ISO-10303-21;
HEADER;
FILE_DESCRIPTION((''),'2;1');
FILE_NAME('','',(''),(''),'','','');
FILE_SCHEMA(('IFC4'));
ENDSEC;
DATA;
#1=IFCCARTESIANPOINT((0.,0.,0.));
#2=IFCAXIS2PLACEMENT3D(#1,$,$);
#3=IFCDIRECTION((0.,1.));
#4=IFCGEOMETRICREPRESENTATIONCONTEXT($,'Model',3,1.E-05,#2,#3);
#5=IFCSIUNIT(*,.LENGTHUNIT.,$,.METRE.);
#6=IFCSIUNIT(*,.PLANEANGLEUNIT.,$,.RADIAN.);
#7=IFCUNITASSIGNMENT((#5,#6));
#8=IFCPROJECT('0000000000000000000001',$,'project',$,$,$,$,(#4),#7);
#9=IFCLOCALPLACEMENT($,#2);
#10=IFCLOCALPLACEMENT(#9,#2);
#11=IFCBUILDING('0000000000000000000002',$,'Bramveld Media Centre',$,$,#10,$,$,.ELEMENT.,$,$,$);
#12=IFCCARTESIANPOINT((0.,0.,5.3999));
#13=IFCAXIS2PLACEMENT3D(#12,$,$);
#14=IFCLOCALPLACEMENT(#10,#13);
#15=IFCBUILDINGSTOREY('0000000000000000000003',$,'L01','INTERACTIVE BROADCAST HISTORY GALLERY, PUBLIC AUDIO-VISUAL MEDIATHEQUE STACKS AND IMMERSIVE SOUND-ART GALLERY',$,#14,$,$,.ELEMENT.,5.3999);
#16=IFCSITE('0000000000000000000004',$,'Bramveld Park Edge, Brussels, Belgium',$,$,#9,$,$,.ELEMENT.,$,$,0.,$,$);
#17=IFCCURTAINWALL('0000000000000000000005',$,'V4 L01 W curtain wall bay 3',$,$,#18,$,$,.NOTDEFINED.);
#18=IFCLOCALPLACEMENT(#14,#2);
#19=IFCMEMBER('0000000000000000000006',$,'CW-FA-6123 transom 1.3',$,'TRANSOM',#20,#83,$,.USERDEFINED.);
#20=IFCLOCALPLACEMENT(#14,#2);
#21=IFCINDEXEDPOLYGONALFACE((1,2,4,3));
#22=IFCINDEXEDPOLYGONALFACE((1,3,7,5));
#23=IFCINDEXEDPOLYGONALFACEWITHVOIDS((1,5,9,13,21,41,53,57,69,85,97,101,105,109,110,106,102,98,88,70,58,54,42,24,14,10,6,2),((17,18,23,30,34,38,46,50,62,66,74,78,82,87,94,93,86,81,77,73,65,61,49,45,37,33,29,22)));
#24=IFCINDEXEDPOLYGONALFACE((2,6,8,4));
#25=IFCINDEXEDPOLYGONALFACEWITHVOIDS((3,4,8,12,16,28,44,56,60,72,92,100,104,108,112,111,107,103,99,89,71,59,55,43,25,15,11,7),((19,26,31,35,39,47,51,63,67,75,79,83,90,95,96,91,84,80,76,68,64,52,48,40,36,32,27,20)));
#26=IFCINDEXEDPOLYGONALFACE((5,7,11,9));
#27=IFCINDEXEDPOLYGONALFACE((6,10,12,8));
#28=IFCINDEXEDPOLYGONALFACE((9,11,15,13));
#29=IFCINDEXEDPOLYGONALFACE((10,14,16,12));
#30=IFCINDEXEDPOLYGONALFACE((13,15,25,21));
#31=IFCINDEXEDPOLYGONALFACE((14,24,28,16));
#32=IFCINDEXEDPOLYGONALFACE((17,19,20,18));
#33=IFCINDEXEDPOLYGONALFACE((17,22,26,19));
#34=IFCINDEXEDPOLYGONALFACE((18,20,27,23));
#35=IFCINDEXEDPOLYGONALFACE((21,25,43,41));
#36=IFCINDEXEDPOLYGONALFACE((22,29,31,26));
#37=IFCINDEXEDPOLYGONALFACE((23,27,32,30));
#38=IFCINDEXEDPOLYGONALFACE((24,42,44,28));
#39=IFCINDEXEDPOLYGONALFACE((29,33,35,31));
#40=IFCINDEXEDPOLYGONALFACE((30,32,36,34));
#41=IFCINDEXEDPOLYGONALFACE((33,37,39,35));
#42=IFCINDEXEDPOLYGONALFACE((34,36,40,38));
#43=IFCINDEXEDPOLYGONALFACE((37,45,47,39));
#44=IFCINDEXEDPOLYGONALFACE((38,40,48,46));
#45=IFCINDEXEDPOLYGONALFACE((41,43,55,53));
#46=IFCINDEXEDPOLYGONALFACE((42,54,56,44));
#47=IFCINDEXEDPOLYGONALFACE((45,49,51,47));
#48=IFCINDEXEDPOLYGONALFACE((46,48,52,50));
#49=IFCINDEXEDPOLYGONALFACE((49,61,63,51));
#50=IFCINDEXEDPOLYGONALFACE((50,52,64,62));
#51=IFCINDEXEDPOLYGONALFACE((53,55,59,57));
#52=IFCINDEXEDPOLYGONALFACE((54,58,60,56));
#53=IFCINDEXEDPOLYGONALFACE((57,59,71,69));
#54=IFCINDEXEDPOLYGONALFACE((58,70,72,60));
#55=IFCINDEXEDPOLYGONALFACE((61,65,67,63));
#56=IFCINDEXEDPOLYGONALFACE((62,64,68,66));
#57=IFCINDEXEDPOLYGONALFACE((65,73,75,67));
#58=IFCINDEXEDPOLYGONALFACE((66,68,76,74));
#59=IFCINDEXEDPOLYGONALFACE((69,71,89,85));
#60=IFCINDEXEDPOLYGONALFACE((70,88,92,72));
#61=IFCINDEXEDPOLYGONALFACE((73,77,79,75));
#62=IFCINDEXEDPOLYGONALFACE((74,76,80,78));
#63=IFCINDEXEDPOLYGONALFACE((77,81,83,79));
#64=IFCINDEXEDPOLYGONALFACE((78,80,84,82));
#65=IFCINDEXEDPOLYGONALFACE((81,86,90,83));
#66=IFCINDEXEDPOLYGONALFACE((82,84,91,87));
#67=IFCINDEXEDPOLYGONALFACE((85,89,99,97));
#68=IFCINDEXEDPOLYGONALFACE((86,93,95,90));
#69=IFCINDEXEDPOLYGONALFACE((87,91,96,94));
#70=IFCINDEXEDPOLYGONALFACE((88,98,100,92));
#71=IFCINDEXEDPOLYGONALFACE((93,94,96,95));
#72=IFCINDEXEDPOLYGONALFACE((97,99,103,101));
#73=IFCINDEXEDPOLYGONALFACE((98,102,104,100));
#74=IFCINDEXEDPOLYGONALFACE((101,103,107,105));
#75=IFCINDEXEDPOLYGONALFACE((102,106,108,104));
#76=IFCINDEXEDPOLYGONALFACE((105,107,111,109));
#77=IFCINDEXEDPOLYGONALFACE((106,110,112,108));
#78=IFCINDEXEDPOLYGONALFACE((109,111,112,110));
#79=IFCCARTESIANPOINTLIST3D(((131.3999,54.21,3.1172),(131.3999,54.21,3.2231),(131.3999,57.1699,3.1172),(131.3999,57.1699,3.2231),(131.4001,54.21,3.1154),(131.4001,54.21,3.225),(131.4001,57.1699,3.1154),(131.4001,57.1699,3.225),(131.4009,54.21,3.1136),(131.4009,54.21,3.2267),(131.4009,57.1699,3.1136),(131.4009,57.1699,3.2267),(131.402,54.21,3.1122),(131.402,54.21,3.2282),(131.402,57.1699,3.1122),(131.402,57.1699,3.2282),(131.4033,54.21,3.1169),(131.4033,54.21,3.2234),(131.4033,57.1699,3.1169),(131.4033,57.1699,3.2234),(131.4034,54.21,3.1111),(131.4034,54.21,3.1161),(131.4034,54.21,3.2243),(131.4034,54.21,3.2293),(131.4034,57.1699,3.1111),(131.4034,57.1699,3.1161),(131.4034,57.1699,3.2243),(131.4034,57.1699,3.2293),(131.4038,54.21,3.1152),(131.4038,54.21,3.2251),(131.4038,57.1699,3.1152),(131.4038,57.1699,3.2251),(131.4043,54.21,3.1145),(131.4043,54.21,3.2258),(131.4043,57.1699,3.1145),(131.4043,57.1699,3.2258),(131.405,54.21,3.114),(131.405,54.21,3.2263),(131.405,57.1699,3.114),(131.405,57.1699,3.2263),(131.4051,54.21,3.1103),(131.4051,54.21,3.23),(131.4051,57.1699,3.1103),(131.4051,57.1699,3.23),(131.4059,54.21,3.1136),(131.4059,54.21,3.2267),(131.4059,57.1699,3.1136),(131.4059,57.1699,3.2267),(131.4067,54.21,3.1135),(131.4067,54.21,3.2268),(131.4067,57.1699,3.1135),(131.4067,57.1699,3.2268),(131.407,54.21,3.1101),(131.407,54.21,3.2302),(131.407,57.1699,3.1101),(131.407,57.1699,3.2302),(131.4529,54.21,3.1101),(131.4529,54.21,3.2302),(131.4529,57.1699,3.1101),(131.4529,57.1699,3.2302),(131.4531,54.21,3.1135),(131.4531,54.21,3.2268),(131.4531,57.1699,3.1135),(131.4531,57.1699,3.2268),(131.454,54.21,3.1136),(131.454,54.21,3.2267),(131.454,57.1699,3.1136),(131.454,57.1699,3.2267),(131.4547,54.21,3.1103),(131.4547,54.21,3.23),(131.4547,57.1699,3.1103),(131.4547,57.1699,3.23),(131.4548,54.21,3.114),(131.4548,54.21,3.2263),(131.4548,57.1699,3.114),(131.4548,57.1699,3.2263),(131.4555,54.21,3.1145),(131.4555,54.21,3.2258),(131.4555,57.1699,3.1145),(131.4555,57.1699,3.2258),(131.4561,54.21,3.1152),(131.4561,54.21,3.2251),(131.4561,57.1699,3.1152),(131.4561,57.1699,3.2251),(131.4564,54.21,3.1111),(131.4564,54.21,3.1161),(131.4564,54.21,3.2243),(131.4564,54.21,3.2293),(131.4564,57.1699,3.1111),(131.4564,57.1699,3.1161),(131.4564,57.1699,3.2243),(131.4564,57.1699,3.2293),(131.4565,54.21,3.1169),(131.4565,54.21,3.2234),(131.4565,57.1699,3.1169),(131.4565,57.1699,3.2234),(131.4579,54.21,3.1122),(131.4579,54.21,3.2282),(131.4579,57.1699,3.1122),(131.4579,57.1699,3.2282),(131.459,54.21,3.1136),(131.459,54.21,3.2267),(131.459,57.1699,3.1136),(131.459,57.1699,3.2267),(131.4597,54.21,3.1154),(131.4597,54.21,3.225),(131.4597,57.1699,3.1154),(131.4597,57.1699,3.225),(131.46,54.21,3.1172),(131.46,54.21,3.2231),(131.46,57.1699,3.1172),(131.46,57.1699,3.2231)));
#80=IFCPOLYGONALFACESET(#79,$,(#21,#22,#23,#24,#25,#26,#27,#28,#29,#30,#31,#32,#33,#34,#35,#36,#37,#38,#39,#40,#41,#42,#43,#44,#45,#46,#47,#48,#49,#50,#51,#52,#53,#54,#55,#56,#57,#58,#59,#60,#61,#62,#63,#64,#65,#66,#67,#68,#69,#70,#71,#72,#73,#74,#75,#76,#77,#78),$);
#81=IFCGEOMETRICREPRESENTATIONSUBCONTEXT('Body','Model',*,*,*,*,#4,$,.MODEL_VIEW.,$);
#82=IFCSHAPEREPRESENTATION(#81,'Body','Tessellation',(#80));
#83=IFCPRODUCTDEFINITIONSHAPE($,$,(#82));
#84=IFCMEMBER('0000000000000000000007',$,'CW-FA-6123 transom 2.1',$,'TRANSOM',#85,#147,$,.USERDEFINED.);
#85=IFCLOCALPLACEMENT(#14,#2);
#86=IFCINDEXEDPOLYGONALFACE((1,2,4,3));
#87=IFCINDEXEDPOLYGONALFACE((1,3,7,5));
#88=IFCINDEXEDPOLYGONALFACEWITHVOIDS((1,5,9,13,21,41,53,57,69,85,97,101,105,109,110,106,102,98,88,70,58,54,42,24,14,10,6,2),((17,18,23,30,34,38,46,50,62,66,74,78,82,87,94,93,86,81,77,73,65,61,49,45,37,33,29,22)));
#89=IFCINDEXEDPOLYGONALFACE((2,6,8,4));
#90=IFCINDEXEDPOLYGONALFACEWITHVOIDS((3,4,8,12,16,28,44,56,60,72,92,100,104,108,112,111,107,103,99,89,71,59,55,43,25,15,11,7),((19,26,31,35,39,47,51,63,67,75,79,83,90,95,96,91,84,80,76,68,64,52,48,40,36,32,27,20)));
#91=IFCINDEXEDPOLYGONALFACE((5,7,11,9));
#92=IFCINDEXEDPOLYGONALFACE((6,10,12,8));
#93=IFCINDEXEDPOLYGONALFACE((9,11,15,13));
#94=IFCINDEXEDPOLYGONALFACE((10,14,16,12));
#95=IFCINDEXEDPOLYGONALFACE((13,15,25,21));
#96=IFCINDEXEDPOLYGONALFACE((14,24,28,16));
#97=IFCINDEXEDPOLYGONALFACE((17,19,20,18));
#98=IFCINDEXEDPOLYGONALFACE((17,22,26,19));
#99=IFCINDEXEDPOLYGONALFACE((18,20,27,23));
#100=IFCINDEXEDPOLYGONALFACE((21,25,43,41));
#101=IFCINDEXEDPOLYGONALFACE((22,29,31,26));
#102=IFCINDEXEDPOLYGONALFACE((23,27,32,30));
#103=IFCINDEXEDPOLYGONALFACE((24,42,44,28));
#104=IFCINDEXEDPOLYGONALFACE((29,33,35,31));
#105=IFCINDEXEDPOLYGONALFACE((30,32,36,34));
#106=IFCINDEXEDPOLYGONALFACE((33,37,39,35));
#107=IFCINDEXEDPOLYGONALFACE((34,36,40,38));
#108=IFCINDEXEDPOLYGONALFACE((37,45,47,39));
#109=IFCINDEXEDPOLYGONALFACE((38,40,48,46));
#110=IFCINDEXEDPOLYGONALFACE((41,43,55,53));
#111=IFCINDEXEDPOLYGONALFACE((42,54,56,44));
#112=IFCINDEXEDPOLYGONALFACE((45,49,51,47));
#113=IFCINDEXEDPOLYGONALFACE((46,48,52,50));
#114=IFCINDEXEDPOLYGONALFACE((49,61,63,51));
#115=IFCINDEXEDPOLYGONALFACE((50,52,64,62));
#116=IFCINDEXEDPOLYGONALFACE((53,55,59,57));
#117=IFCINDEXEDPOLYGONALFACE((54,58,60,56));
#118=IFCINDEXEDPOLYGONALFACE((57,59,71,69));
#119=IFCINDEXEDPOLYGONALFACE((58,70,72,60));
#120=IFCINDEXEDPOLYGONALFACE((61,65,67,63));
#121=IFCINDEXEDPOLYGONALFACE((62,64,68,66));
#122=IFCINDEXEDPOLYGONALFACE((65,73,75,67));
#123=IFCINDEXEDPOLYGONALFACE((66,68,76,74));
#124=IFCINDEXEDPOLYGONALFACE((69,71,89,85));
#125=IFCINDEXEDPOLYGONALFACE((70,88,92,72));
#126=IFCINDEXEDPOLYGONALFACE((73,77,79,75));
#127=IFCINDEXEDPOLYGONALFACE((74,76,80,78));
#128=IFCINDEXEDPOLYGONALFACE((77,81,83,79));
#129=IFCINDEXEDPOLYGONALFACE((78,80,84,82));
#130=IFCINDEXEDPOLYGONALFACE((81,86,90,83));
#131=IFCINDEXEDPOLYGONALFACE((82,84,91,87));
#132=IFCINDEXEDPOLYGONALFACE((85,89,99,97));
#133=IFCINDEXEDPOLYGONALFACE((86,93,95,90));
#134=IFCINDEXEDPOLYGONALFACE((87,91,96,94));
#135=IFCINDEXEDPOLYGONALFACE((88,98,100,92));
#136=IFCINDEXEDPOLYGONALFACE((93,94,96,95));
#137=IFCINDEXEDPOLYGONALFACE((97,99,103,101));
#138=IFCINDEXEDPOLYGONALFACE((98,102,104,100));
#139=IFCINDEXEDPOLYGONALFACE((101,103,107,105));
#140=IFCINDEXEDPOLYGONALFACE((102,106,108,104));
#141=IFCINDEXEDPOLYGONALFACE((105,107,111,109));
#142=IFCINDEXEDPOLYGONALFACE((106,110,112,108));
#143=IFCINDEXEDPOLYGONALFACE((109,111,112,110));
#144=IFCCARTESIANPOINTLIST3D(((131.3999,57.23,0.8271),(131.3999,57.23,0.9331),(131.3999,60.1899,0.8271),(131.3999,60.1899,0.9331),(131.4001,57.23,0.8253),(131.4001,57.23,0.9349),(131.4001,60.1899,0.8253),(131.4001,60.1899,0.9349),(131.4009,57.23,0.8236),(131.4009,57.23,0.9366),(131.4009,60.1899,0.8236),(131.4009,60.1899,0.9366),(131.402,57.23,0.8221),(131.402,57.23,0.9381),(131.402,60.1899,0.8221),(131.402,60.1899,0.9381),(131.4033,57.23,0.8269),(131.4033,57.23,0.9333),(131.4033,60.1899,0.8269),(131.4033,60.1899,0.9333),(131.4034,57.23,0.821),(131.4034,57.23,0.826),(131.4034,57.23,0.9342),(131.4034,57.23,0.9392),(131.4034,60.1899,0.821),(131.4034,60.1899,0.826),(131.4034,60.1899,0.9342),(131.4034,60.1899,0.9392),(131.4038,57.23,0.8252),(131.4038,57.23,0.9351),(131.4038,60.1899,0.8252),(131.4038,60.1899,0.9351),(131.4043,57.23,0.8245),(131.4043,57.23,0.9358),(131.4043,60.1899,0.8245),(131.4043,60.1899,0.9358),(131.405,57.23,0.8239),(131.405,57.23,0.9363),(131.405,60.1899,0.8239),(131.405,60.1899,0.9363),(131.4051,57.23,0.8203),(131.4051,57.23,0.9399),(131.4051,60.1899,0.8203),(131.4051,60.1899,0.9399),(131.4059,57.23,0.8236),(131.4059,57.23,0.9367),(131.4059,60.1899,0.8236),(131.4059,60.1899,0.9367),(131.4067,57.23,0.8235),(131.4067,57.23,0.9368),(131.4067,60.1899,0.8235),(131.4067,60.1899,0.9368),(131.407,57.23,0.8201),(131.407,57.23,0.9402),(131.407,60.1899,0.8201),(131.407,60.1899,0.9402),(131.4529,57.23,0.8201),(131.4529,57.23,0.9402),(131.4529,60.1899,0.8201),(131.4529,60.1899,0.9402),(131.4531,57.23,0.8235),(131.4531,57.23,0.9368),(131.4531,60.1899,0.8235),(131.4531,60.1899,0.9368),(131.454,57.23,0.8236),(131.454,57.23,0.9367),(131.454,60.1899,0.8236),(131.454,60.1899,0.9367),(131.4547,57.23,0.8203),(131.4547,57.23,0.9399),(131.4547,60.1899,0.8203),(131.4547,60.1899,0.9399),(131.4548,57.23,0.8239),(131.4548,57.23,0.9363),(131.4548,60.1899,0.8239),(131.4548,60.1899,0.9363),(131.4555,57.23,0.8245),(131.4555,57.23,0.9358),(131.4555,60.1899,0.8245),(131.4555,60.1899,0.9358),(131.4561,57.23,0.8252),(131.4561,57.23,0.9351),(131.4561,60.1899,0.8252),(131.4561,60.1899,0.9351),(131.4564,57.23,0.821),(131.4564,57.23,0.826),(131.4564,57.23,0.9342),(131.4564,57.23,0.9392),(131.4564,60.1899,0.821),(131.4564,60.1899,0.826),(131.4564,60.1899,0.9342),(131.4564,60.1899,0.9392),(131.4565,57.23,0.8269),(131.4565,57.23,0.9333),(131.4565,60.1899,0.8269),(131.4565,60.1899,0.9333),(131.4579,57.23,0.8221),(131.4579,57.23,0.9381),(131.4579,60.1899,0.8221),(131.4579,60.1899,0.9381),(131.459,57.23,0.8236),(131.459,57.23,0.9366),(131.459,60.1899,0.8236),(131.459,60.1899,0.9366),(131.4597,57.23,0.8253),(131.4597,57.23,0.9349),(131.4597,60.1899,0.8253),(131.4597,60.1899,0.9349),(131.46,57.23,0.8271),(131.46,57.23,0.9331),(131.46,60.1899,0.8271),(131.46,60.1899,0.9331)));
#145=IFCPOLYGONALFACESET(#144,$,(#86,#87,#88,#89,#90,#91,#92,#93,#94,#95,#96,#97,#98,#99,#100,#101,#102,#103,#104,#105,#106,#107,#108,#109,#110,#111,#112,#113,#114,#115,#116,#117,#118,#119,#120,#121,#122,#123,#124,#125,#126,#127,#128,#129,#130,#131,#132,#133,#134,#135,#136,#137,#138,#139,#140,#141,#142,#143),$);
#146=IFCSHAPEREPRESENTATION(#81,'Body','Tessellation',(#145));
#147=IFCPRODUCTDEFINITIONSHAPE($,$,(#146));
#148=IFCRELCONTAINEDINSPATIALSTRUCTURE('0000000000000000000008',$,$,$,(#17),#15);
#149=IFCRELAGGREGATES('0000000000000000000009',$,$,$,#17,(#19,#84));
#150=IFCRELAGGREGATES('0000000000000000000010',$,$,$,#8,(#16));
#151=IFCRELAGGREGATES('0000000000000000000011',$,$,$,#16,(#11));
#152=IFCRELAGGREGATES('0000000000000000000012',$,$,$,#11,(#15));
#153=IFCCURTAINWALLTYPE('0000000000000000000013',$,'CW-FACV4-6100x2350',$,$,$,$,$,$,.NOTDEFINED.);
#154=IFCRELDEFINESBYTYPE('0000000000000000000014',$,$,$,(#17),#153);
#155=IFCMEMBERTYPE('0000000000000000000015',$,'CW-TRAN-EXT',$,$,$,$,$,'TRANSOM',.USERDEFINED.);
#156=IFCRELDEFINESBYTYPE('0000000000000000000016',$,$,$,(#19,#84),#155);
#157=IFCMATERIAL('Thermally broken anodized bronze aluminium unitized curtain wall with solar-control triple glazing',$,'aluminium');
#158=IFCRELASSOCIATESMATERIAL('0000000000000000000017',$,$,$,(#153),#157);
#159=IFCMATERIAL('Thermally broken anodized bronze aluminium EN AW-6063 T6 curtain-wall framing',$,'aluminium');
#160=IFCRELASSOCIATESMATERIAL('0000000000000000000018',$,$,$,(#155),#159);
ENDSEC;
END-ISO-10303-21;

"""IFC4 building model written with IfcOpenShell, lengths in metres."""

from ifc_helpers import new_model, si_unit, direction, frame, origin, origin_2d, place, context, subcontext, project, spatial, hollow_rectangle, extrude, material, material_profile, profile_set, type_object, element, aggregate, save


model = new_model("IFC4")

# Units and contexts
model_context = context("Model", 3, precision=1e-05, world=origin(), true_north=direction((0.0, 1.0)))
body_context = subcontext(model_context, "Body", "Model", "MODEL_VIEW")
ifc_project = project(units=[si_unit("LENGTHUNIT", "METRE"), si_unit("PLANEANGLEUNIT", "RADIAN")], contexts=[model_context])

# Site, building, storey
site_placement = place(None, origin())
site = spatial("IfcSite", under=ifc_project, at=site_placement, Name="Bramveld Park Edge, Brussels, Belgium", CompositionType="ELEMENT", RefElevation=0.0)
building_placement = place(site_placement, origin())
building = spatial("IfcBuilding", under=site, at=building_placement, Name="Bramveld Media Centre", CompositionType="ELEMENT")
storey_placement = place(building_placement, frame((0.0, 0.0, 5.3999)))
storey = spatial("IfcBuildingStorey", under=building, at=storey_placement, Name="L01", Description="INTERACTIVE BROADCAST HISTORY GALLERY, PUBLIC AUDIO-VISUAL MEDIATHEQUE STACKS AND IMMERSIVE SOUND-ART GALLERY", CompositionType="ELEMENT", Elevation=5.3999)

# Curtain wall
ifc_material_1 = material(Name="Thermally broken anodized bronze aluminium unitized curtain wall with solar-control triple glazing", Category="aluminium")
curtain_wall_type = type_object("IfcCurtainWallType", Name="CW-FACV4-6100x2350", PredefinedType="NOTDEFINED", material=ifc_material_1)
curtain_wall_1_placement = place(storey_placement, origin())
curtain_wall_1 = element("IfcCurtainWall", 1, at=curtain_wall_1_placement, inside=storey, type_object=curtain_wall_type, Name="V4 L01 W curtain wall bay 3", PredefinedType="NOTDEFINED")

# Members
ifc_material_2 = material(Name="Thermally broken anodized bronze aluminium EN AW-6063 T6 curtain-wall framing", Category="aluminium")
ifc_material_profile_1 = material_profile(ifc_material_2, hollow_rectangle(XDim=0.0601, YDim=0.1201, WallThickness=0.0034, InnerFilletRadius=0.0034, OuterFilletRadius=0.0071, at=origin_2d()), Name="AL-TRAN 60x120")
ifc_profile_set_1 = profile_set([ifc_material_profile_1], Name="Thermally broken anodized bronze aluminium EN AW-6063 T6 curtain-wall framing")
member_type_1 = type_object("IfcMemberType", Name="CW-TRAN-EXT", ElementType="TRANSOM", PredefinedType="USERDEFINED", material=ifc_profile_set_1)
member_1_placement = place(storey_placement, frame((131.4299, 54.21, 3.1702), z_axis=(0.0, 1.0, 0.0), x_axis=(-1.0, 0.0, 0.0)))
member_1 = element("IfcMember", 2, at=member_1_placement, type_object=member_type_1, Name="CW-FA-6123 transom 1.3", ObjectType="TRANSOM", PredefinedType="USERDEFINED", context=body_context, shape_type="SweptSolid", body=[
    extrude(hollow_rectangle(XDim=0.0601, YDim=0.1201, WallThickness=0.0034, InnerFilletRadius=0.0034, OuterFilletRadius=0.0071, at=origin_2d()), origin(), (0.0, 0.0, 1.0), 2.96),
])
member_2_placement = place(storey_placement, frame((131.4299, 57.23, 0.8801), z_axis=(0.0, 1.0, 0.0), x_axis=(-1.0, 0.0, 0.0)))
member_2 = element("IfcMember", 3, at=member_2_placement, type_object=member_type_1, Name="CW-FA-6123 transom 2.1", ObjectType="TRANSOM", PredefinedType="USERDEFINED", context=body_context, shape_type="SweptSolid", body=[
    extrude(hollow_rectangle(XDim=0.0601, YDim=0.1201, WallThickness=0.0034, InnerFilletRadius=0.0034, OuterFilletRadius=0.0071, at=origin_2d()), origin(), (0.0, 0.0, 1.0), 2.96),
])

aggregate(curtain_wall_1, [member_1, member_2])

save(model, "model.ifc")
